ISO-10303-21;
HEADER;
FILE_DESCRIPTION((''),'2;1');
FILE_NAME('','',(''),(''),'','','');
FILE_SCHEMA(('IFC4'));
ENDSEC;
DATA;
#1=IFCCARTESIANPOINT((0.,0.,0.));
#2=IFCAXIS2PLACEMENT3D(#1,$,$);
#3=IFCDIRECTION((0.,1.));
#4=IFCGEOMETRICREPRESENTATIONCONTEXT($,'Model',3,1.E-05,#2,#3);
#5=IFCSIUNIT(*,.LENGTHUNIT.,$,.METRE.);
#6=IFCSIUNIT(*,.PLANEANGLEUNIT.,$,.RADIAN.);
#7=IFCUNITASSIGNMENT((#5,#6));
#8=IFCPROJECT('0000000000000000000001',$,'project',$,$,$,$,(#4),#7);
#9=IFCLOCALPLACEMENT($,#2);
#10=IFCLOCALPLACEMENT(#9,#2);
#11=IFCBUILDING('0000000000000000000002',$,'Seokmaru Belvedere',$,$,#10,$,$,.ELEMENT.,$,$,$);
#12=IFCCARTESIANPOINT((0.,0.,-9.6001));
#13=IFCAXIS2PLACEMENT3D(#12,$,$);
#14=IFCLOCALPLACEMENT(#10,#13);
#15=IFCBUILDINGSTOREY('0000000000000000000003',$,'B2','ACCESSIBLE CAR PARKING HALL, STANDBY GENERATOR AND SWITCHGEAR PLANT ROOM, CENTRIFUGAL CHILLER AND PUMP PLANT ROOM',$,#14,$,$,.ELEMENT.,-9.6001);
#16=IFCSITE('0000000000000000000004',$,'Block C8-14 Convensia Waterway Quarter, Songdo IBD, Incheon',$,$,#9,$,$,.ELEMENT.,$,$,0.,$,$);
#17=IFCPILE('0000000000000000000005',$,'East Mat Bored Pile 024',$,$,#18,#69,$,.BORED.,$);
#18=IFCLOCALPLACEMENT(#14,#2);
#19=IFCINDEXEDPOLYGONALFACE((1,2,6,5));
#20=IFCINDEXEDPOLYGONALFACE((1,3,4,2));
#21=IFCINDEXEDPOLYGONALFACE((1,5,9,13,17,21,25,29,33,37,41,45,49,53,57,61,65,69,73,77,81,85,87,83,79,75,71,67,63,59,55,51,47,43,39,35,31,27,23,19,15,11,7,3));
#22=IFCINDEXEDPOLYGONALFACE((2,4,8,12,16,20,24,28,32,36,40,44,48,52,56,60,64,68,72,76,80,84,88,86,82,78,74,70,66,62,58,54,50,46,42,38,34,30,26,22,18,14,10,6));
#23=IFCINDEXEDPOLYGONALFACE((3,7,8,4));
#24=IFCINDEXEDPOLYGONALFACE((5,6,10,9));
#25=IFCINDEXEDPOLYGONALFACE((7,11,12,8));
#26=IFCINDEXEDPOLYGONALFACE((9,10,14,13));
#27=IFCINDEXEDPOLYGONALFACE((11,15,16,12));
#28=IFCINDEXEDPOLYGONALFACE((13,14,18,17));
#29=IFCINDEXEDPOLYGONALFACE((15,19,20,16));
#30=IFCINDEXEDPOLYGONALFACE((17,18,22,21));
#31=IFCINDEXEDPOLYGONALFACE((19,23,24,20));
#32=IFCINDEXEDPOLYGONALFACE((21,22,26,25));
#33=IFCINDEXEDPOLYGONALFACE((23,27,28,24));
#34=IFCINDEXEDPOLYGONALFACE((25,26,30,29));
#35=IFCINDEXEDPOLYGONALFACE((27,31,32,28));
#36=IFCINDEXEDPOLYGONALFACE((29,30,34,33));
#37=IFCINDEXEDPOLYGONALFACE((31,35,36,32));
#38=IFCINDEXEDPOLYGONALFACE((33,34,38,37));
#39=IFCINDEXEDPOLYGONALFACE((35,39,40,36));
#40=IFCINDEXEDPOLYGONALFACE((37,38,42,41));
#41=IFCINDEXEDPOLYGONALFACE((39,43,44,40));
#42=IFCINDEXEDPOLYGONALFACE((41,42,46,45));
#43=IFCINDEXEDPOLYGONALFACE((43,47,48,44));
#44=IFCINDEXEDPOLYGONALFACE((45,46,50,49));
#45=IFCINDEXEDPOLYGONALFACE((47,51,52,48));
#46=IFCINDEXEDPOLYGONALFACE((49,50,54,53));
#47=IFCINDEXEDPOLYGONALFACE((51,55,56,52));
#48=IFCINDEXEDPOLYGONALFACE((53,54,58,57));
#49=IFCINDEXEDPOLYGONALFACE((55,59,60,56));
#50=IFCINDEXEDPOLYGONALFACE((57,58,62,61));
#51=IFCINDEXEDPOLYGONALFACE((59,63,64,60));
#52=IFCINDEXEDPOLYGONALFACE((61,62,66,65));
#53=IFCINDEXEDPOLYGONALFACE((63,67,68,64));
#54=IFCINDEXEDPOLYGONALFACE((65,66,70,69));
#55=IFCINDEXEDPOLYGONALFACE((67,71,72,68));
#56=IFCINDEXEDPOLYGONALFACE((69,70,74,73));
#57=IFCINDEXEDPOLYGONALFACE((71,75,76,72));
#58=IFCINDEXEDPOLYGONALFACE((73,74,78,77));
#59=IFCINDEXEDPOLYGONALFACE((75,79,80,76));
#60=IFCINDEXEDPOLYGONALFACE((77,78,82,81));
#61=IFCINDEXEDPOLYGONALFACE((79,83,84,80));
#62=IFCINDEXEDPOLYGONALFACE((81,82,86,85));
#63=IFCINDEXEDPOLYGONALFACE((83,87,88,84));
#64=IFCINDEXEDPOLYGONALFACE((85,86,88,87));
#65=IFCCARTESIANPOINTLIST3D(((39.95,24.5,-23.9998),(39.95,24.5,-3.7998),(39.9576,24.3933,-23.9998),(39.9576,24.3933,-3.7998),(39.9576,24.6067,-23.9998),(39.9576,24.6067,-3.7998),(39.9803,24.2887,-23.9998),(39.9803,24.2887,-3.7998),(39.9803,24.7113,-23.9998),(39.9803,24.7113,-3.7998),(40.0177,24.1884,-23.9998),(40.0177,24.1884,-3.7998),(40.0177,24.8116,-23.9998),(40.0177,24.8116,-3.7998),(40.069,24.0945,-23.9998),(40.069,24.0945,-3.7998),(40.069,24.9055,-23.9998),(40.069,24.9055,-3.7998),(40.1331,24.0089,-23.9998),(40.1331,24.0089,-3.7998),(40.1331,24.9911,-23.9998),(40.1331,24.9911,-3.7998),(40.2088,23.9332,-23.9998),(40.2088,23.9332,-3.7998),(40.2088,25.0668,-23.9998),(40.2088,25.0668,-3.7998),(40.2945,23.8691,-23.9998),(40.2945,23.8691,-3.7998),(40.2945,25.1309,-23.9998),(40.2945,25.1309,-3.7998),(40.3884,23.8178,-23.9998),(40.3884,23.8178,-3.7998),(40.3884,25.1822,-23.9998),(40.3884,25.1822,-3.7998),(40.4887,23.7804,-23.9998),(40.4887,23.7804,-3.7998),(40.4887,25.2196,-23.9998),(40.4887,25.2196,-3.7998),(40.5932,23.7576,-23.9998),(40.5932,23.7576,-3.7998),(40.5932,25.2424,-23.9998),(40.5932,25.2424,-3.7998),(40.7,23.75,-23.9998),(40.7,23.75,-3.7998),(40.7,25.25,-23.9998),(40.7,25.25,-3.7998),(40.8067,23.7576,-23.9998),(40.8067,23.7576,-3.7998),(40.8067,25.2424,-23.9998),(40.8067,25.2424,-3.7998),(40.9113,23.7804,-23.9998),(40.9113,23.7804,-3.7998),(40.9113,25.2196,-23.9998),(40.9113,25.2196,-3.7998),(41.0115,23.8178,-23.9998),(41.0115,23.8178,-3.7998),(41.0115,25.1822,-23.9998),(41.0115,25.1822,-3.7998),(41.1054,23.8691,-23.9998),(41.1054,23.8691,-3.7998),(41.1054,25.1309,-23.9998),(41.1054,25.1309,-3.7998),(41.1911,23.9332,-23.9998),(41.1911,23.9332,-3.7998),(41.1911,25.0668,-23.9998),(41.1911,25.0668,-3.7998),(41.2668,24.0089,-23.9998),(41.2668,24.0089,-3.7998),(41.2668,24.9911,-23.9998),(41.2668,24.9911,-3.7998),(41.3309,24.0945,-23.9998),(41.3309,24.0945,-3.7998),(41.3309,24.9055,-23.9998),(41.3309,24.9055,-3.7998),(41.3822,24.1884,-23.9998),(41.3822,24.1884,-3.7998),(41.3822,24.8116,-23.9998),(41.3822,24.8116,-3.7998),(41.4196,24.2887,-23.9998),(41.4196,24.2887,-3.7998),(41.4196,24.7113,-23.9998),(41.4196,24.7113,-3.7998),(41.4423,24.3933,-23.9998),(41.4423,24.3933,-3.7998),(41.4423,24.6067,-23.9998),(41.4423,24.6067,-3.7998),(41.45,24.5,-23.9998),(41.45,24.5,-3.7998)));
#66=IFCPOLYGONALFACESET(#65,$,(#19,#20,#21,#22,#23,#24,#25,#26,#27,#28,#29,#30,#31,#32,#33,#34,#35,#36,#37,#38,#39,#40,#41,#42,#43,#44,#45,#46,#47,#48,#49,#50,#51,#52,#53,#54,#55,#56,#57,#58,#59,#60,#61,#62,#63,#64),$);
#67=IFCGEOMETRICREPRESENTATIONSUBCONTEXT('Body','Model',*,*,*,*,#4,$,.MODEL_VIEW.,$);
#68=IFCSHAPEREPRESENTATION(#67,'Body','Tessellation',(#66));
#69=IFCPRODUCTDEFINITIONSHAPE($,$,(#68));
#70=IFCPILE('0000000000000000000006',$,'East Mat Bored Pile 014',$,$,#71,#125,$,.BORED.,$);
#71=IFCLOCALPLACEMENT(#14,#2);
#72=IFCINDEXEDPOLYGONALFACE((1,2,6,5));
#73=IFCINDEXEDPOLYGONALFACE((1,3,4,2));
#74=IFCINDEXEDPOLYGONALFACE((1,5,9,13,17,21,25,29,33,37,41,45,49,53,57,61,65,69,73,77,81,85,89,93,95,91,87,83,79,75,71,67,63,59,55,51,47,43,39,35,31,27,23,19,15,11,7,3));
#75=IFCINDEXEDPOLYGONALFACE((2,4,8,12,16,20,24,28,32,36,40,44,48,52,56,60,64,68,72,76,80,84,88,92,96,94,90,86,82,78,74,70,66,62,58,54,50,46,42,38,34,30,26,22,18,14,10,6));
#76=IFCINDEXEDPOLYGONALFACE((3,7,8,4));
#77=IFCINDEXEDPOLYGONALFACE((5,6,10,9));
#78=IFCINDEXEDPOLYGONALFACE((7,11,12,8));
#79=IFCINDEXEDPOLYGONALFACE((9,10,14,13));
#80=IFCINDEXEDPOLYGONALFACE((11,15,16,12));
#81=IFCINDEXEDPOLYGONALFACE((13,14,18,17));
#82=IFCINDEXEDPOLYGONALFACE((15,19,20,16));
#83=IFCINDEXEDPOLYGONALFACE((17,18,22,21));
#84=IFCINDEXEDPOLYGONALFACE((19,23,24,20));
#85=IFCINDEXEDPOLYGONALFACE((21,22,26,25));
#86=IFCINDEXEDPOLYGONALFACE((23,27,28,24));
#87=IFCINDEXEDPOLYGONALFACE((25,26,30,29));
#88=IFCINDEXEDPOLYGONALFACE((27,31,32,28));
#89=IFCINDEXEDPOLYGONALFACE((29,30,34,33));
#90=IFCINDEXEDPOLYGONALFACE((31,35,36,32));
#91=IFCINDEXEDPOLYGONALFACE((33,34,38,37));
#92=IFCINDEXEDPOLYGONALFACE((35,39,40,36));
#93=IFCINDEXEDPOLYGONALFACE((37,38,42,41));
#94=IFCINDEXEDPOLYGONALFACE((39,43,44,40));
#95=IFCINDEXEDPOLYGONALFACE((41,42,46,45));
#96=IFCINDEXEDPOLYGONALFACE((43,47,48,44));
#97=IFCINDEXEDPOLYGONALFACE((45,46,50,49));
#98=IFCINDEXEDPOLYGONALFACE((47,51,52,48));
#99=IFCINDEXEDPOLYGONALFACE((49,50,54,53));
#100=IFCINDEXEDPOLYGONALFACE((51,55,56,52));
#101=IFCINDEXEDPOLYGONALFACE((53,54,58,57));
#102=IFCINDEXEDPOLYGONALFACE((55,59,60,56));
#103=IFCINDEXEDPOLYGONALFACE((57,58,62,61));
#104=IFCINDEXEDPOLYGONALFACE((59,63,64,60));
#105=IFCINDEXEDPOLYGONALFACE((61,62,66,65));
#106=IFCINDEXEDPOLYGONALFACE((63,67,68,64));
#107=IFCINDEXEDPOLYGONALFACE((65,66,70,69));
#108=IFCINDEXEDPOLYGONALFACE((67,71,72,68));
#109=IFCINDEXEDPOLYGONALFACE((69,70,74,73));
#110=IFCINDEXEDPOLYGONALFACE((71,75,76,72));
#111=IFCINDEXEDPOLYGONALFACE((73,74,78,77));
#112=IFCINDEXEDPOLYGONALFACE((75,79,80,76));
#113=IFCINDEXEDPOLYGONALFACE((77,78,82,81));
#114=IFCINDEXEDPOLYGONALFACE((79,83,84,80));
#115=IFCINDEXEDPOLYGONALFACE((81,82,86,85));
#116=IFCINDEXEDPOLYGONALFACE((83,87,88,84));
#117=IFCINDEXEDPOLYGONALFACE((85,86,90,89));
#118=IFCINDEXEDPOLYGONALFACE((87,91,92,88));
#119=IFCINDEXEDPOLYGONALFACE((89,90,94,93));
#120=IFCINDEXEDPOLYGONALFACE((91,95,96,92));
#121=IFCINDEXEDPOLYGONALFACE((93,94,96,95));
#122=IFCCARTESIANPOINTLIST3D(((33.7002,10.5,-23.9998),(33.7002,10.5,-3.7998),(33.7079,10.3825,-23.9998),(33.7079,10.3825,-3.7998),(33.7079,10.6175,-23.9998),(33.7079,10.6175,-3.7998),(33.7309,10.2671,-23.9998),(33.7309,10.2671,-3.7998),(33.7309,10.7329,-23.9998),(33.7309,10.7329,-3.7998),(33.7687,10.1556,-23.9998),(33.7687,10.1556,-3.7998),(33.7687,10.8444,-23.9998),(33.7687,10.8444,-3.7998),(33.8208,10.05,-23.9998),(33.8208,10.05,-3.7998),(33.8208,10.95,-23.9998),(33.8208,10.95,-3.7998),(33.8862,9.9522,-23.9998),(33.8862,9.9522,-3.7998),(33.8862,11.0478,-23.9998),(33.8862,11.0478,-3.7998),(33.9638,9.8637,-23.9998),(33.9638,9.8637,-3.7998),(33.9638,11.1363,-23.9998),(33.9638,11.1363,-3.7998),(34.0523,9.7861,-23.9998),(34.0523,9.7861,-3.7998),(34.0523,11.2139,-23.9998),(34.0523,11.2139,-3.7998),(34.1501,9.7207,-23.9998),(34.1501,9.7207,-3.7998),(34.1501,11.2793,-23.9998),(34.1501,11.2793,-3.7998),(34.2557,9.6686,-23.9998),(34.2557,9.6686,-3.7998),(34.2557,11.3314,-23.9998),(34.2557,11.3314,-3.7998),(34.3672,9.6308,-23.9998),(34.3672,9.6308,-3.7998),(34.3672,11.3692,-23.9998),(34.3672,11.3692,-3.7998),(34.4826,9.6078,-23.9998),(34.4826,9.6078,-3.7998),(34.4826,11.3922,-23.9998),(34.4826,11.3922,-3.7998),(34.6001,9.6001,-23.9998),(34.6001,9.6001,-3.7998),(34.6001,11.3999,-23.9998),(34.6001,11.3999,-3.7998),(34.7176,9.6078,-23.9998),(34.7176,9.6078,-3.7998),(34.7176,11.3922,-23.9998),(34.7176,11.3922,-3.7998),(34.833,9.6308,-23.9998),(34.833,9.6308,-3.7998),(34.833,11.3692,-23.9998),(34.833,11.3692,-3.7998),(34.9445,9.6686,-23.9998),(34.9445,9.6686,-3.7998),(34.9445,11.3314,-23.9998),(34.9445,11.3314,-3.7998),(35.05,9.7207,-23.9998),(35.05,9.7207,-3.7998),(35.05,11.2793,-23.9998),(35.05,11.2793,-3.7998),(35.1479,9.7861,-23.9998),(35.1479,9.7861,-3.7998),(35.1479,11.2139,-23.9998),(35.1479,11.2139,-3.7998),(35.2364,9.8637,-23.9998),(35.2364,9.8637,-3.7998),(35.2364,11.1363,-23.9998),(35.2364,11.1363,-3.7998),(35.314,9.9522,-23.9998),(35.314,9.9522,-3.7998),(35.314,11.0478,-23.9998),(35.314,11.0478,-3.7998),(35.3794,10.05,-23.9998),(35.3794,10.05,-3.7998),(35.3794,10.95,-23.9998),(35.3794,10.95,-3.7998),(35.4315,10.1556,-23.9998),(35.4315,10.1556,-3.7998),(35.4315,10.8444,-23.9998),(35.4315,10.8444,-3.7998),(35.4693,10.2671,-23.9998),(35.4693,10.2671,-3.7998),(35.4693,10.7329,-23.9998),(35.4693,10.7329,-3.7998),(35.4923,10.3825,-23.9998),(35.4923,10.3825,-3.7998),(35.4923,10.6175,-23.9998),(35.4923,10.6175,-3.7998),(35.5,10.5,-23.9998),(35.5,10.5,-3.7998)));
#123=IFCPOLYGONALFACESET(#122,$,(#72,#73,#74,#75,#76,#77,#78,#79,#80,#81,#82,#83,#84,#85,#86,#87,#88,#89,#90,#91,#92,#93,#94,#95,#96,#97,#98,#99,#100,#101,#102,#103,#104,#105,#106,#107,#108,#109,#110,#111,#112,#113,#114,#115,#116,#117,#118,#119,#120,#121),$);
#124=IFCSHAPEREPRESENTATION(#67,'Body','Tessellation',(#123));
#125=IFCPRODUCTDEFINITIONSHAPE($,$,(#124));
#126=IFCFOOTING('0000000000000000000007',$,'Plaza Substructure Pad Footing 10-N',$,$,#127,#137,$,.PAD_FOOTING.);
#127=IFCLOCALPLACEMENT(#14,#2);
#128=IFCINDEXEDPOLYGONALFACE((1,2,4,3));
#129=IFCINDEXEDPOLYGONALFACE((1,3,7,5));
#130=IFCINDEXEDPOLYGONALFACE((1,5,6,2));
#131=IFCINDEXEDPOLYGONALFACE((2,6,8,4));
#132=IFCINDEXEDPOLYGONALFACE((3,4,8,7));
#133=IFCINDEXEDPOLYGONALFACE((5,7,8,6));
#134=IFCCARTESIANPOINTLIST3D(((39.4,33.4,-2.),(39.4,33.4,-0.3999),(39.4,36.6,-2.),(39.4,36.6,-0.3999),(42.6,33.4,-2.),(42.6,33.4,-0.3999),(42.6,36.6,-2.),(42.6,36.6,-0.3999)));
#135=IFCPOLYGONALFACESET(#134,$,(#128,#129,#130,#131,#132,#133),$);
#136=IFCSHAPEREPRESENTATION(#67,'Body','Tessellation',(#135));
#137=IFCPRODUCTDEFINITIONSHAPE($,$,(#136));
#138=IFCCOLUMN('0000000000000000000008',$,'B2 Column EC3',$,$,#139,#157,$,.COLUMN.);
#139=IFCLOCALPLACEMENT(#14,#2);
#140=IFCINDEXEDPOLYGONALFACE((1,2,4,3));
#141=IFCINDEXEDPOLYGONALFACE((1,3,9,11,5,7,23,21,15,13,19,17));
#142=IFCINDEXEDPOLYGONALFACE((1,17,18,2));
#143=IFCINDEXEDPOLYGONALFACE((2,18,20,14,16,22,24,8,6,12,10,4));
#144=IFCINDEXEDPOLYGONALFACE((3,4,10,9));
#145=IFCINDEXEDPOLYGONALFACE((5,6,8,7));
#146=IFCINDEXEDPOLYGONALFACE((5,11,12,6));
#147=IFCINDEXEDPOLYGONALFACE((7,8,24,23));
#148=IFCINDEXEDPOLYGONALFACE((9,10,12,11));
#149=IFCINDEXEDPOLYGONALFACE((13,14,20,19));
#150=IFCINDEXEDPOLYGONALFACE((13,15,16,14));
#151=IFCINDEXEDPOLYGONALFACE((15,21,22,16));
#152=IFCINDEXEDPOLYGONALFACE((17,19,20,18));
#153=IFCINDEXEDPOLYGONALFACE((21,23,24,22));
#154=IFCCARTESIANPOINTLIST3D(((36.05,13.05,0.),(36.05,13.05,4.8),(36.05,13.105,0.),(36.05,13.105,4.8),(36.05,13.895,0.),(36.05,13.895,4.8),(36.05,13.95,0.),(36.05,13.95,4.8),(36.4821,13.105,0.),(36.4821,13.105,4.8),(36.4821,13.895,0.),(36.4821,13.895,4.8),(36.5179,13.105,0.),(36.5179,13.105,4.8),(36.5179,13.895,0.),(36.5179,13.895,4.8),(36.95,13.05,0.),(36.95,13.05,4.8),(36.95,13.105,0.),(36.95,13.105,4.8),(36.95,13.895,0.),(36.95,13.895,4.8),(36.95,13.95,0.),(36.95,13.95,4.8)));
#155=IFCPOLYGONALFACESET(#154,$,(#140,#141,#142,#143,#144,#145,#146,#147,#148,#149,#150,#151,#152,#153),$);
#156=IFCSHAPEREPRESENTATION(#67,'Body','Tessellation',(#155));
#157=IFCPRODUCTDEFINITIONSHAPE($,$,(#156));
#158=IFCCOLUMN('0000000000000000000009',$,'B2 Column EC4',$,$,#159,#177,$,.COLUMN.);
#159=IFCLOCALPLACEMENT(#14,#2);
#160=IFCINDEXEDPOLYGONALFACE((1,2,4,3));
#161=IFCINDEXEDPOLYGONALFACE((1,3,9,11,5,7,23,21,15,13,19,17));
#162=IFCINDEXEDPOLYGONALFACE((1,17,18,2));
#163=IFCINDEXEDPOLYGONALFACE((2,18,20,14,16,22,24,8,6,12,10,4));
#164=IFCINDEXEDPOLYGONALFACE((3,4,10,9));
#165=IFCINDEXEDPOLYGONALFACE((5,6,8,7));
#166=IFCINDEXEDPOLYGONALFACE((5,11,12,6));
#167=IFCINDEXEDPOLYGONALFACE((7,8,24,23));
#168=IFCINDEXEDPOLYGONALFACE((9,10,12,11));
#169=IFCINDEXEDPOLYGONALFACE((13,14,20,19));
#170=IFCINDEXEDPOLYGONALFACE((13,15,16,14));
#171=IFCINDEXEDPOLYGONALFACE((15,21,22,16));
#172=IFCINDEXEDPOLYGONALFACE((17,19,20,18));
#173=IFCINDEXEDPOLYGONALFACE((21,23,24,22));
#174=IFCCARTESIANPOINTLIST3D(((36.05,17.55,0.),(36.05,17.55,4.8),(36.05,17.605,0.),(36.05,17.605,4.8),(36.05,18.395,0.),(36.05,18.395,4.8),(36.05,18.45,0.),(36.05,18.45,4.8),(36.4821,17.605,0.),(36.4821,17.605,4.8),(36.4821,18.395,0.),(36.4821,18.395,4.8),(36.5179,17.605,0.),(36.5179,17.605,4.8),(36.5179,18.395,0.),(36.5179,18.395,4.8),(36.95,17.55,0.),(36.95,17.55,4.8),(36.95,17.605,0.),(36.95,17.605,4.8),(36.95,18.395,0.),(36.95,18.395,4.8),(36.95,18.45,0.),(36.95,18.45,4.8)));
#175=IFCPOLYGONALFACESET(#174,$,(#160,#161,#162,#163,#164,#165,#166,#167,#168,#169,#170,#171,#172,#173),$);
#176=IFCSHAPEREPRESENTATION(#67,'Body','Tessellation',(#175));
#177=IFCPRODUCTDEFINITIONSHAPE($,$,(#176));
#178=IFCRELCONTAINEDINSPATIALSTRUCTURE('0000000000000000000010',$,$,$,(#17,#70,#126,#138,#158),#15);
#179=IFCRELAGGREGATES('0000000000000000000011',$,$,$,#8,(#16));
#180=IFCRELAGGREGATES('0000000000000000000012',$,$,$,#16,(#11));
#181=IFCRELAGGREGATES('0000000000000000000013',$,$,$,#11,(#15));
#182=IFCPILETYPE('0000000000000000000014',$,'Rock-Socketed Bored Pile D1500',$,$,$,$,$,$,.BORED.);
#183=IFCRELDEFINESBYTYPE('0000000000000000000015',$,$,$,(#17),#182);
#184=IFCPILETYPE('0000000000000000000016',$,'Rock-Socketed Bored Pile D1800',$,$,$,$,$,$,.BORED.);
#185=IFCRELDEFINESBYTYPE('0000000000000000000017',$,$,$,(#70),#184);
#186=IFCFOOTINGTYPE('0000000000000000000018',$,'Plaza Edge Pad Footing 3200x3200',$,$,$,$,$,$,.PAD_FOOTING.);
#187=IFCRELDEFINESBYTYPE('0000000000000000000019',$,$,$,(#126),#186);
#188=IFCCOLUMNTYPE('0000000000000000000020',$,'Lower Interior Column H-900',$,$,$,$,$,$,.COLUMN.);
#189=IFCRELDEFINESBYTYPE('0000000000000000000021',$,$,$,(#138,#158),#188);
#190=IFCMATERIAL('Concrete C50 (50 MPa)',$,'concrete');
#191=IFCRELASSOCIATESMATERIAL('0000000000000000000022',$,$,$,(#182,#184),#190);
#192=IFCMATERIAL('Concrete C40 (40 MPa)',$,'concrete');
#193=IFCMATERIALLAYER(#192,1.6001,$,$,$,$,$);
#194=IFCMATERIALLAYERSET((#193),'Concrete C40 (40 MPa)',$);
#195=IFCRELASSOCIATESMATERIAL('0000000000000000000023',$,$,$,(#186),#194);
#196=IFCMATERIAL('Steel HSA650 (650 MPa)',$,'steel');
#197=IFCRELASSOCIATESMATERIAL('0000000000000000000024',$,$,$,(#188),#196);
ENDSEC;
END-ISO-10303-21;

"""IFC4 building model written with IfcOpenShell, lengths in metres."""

from ifc_helpers import new_model, si_unit, direction, frame, origin, origin_2d, place, context, subcontext, project, spatial, rectangle, circle, i_section, extrude, source, transform, mapped, material, layer, layer_set, material_profile, profile_set, type_object, type_shapes, element, save


model = new_model("IFC4")

# Units and contexts
model_context = context("Model", 3, precision=1e-05, world=origin(), true_north=direction((0.0, 1.0)))
body_context = subcontext(model_context, "Body", "Model", "MODEL_VIEW")
ifc_project = project(units=[si_unit("LENGTHUNIT", "METRE"), si_unit("PLANEANGLEUNIT", "RADIAN")], contexts=[model_context])

# Site, building, storey
site_placement = place(None, origin())
site = spatial("IfcSite", under=ifc_project, at=site_placement, Name="Block C8-14 Convensia Waterway Quarter, Songdo IBD, Incheon", CompositionType="ELEMENT", RefElevation=0.0)
building_placement = place(site_placement, origin())
building = spatial("IfcBuilding", under=site, at=building_placement, Name="Seokmaru Belvedere", CompositionType="ELEMENT")
storey_placement = place(building_placement, frame((0.0, 0.0, -9.6001)))
storey = spatial("IfcBuildingStorey", under=building, at=storey_placement, Name="B2", Description="ACCESSIBLE CAR PARKING HALL, STANDBY GENERATOR AND SWITCHGEAR PLANT ROOM, CENTRIFUGAL CHILLER AND PUMP PLANT ROOM", CompositionType="ELEMENT", Elevation=-9.6001)

# Piles
ifc_material_1 = material(Name="Concrete C50 (50 MPa)", Category="concrete")
ifc_material_profile_1 = material_profile(ifc_material_1, circle(Radius=0.75, at=origin_2d()), Name="PILE-D1500")
ifc_profile_set_1 = profile_set([ifc_material_profile_1], Name="Concrete C50 (50 MPa)")
pile_type_1 = type_object("IfcPileType", Name="Rock-Socketed Bored Pile D1500", PredefinedType="BORED", material=ifc_profile_set_1)
shared_shape_1 = source(origin(), body_context, "Body", "SweptSolid", [
    extrude(circle(Radius=0.75, at=origin_2d()), origin(), (0.0, 0.0, 1.0), 20.2),
])
type_shapes(pile_type_1, [shared_shape_1])
for number, where, z_axis, x_axis, name in (
    (1, (40.7, 24.5, -3.7998), (0.0, 0.0, -1.0), (1.0, 0.0, 0.0), "East Mat Bored Pile 024"),
):
    element("IfcPile", number, at=place(storey_placement, frame(where, z_axis=z_axis, x_axis=x_axis)), inside=storey, type_object=pile_type_1, Name=name, PredefinedType="BORED", context=body_context, shape_type="MappedRepresentation", body=[
        mapped(shared_shape_1, transform((0.0, 0.0, 0.0), scale=1.0)),
    ])
ifc_material_profile_2 = material_profile(ifc_material_1, circle(Radius=0.8999, at=origin_2d()), Name="PILE-D1800")
ifc_profile_set_2 = profile_set([ifc_material_profile_2], Name="Concrete C50 (50 MPa)")
pile_type_2 = type_object("IfcPileType", Name="Rock-Socketed Bored Pile D1800", PredefinedType="BORED", material=ifc_profile_set_2)
shared_shape_2 = source(origin(), body_context, "Body", "SweptSolid", [
    extrude(circle(Radius=0.8999, at=origin_2d()), origin(), (0.0, 0.0, 1.0), 20.2),
])
type_shapes(pile_type_2, [shared_shape_2])
pile_placement = place(storey_placement, frame((34.6001, 10.5, -3.7998), z_axis=(0.0, 0.0, -1.0), x_axis=(1.0, 0.0, 0.0)))
element("IfcPile", 2, at=pile_placement, inside=storey, type_object=pile_type_2, Name="East Mat Bored Pile 014", PredefinedType="BORED", context=body_context, shape_type="MappedRepresentation", body=[
    mapped(shared_shape_2, transform((0.0, 0.0, 0.0), scale=1.0)),
])

# Footing
ifc_material_2 = material(Name="Concrete C40 (40 MPa)", Category="concrete")
ifc_layer_1 = layer(ifc_material_2, 1.6001)
ifc_layer_set_1 = layer_set([ifc_layer_1], Name="Concrete C40 (40 MPa)")
footing_type = type_object("IfcFootingType", Name="Plaza Edge Pad Footing 3200x3200", PredefinedType="PAD_FOOTING", material=ifc_layer_set_1)
shared_shape_3 = source(origin(), body_context, "Body", "SweptSolid", [
    extrude(rectangle(XDim=3.2, YDim=3.2, at=origin_2d()), origin(), (0.0, 0.0, 1.0), 1.6001),
])
type_shapes(footing_type, [shared_shape_3])
footing_placement = place(storey_placement, frame((41.0, 35.0, -2.0), z_axis=(0.0, 0.0, 1.0), x_axis=(1.0, 0.0, 0.0)))
element("IfcFooting", 3, at=footing_placement, inside=storey, type_object=footing_type, Name="Plaza Substructure Pad Footing 10-N", PredefinedType="PAD_FOOTING", context=body_context, shape_type="MappedRepresentation", body=[
    mapped(shared_shape_3, transform((0.0, 0.0, 0.0), scale=1.0)),
])

# Columns
ifc_material_3 = material(Name="Steel HSA650 (650 MPa)", Category="steel")
ifc_material_profile_3 = material_profile(ifc_material_3, i_section(OverallWidth=0.8999, OverallDepth=0.8999, WebThickness=0.0359, FlangeThickness=0.0549, at=origin_2d()), Name="H-900x900x36x55")
ifc_profile_set_3 = profile_set([ifc_material_profile_3], Name="Steel HSA650 (650 MPa)")
column_type_1 = type_object("IfcColumnType", Name="Lower Interior Column H-900", PredefinedType="COLUMN", material=ifc_profile_set_3)
shared_shape_4 = source(origin(), body_context, "Body", "SweptSolid", [
    extrude(i_section(OverallWidth=0.8999, OverallDepth=0.8999, WebThickness=0.0359, FlangeThickness=0.0549, at=origin_2d()), origin(), (0.0, 0.0, 1.0), 4.8),
])
type_shapes(column_type_1, [shared_shape_4])
for number, where, z_axis, x_axis, name in (
    (4, (36.5, 13.5, 0.0), (0.0, 0.0, 1.0), (1.0, 0.0, 0.0), "B2 Column EC3"),
    (5, (36.5, 18.0, 0.0), (0.0, 0.0, 1.0), (1.0, 0.0, 0.0), "B2 Column EC4"),
):
    element("IfcColumn", number, at=place(storey_placement, frame(where, z_axis=z_axis, x_axis=x_axis)), inside=storey, type_object=column_type_1, Name=name, PredefinedType="COLUMN", context=body_context, shape_type="MappedRepresentation", body=[
        mapped(shared_shape_4, transform((0.0, 0.0, 0.0), scale=1.0)),
    ])

save(model, "model.ifc")
